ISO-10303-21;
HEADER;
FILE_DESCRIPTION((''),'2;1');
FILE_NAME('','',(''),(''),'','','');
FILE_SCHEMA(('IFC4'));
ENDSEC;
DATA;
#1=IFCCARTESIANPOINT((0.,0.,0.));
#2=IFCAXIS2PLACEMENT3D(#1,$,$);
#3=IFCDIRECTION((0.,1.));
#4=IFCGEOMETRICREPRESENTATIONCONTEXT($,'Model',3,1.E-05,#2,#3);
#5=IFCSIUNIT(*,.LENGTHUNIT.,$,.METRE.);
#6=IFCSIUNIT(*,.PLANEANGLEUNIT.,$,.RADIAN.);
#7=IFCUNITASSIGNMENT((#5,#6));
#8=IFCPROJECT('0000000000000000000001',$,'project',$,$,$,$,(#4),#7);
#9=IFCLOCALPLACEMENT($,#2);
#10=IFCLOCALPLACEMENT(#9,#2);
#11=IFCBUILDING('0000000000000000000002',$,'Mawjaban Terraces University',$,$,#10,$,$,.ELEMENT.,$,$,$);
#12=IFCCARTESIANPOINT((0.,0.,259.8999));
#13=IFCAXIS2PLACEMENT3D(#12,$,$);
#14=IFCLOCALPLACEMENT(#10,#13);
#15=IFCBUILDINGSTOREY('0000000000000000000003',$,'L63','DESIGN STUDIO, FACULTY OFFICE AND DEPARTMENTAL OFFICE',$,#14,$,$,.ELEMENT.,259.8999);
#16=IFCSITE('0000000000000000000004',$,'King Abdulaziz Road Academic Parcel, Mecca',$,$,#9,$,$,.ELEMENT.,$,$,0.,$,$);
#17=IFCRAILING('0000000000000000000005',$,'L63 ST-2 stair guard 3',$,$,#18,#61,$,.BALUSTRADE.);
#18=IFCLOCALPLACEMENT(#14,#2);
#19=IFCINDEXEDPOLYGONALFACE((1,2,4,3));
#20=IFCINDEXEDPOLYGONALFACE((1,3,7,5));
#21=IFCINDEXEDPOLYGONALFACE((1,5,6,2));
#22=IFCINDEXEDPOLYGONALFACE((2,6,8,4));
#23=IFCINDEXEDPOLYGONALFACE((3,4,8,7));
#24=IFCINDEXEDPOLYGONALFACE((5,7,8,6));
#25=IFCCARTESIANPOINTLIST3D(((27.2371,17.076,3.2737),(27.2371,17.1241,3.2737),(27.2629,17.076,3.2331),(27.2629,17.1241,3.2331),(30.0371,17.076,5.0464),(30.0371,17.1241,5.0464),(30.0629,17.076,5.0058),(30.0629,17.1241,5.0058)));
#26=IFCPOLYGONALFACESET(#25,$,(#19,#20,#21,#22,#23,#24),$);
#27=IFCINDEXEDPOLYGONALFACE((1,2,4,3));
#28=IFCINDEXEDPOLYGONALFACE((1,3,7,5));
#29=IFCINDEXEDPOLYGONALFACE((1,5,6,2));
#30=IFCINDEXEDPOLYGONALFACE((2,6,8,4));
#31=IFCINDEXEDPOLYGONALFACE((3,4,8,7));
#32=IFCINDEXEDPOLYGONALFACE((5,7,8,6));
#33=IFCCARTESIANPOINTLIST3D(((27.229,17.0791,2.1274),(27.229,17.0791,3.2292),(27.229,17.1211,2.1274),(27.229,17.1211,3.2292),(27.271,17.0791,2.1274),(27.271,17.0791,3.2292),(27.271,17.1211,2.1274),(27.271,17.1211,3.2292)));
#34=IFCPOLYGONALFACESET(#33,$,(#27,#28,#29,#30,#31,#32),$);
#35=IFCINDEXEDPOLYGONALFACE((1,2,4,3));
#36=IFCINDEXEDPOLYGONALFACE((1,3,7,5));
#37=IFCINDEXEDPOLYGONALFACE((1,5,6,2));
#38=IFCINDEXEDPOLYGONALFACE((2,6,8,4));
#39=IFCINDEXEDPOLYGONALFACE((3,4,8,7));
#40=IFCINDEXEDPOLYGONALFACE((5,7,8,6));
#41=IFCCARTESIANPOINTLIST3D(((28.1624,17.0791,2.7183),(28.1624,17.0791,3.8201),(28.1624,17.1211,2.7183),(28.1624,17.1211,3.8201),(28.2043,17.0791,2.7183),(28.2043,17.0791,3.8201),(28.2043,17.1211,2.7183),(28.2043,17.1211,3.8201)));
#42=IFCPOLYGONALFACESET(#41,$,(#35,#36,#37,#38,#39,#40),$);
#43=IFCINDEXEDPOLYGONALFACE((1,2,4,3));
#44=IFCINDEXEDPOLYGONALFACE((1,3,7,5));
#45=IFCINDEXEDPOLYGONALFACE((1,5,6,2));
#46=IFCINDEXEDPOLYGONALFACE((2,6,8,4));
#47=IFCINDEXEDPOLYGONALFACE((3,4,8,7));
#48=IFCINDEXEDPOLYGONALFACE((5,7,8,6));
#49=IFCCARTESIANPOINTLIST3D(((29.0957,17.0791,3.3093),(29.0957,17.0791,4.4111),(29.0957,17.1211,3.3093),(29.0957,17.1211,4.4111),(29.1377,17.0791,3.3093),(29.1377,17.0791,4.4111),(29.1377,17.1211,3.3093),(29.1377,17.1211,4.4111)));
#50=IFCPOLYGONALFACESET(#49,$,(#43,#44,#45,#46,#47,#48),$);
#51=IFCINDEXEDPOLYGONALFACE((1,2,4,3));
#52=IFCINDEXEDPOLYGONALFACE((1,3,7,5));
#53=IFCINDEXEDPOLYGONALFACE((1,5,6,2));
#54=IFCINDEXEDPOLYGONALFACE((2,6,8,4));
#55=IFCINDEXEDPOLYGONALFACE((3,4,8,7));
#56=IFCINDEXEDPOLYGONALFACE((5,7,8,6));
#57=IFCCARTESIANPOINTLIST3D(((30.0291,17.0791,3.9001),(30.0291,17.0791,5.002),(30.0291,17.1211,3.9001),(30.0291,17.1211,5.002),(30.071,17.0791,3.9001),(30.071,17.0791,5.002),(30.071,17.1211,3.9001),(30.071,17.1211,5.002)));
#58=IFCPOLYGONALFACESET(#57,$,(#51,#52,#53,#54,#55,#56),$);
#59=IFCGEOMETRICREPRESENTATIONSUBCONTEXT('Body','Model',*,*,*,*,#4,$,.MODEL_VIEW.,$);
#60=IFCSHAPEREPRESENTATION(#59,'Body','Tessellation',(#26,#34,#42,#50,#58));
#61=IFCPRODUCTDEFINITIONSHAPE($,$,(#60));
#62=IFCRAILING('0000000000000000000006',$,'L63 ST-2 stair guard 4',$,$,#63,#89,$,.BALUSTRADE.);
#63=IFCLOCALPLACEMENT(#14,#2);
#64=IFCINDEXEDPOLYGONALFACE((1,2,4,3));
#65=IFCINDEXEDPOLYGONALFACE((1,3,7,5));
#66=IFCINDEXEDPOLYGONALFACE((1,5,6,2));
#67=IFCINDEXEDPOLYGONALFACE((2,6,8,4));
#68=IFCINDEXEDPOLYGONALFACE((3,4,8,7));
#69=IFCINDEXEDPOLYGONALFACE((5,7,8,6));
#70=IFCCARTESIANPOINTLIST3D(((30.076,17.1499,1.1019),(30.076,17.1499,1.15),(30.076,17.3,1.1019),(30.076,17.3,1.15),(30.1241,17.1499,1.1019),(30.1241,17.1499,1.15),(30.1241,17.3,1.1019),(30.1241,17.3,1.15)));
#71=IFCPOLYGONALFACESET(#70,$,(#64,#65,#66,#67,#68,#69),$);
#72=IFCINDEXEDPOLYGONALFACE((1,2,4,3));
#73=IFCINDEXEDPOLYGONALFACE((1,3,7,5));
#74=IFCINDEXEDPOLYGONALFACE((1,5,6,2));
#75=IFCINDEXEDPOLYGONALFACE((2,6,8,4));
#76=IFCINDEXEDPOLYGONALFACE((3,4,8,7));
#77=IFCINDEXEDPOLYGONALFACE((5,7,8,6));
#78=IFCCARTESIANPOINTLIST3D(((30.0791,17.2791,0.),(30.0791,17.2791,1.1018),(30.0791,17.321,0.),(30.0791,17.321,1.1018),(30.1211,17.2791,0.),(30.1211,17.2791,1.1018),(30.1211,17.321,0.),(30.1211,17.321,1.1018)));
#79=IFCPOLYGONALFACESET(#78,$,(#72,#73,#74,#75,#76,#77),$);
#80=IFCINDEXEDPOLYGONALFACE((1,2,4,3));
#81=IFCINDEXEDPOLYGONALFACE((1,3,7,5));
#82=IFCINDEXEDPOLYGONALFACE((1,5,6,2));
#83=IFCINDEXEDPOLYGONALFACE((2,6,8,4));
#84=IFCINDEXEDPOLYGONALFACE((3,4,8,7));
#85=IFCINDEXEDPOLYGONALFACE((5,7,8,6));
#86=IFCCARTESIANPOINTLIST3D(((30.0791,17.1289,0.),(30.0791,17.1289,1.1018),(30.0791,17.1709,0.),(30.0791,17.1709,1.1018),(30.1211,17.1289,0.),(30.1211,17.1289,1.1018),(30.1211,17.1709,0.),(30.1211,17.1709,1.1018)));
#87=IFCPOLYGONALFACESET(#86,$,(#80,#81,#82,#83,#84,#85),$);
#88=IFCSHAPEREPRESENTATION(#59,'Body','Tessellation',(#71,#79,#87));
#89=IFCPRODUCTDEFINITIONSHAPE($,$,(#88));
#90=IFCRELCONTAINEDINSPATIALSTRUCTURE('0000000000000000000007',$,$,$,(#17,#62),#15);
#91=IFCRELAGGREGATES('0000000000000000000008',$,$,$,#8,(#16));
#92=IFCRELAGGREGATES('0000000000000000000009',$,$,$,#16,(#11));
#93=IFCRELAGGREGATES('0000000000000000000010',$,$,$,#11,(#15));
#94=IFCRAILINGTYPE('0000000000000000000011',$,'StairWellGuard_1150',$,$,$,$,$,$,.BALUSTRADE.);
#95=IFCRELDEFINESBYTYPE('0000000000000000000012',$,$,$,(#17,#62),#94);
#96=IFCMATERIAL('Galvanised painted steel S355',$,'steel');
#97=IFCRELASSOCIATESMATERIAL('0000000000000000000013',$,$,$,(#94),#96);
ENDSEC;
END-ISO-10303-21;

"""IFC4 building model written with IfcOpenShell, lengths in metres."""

from ifc_helpers import new_model, si_unit, direction, frame, origin, origin_2d, place, context, subcontext, project, spatial, rectangle, extrude, material, type_object, element, save


model = new_model("IFC4")

# Units and contexts
model_context = context("Model", 3, precision=1e-05, world=origin(), true_north=direction((0.0, 1.0)))
body_context = subcontext(model_context, "Body", "Model", "MODEL_VIEW")
ifc_project = project(units=[si_unit("LENGTHUNIT", "METRE"), si_unit("PLANEANGLEUNIT", "RADIAN")], contexts=[model_context])

# Site, building, storey
site_placement = place(None, origin())
site = spatial("IfcSite", under=ifc_project, at=site_placement, Name="King Abdulaziz Road Academic Parcel, Mecca", CompositionType="ELEMENT", RefElevation=0.0)
building_placement = place(site_placement, origin())
building = spatial("IfcBuilding", under=site, at=building_placement, Name="Mawjaban Terraces University", CompositionType="ELEMENT")
storey_placement = place(building_placement, frame((0.0, 0.0, 259.8999)))
storey = spatial("IfcBuildingStorey", under=building, at=storey_placement, Name="L63", Description="DESIGN STUDIO, FACULTY OFFICE AND DEPARTMENTAL OFFICE", CompositionType="ELEMENT", Elevation=259.8999)

# Railings
ifc_material_1 = material(Name="Galvanised painted steel S355", Category="steel")
railing_type_1 = type_object("IfcRailingType", Name="StairWellGuard_1150", PredefinedType="BALUSTRADE", material=ifc_material_1)
railing_1_placement = place(storey_placement, frame((27.25, 17.1001, 2.1274)))
element("IfcRailing", 1, at=railing_1_placement, inside=storey, type_object=railing_type_1, Name="L63 ST-2 stair guard 3", PredefinedType="BALUSTRADE", context=body_context, shape_type="SweptSolid", body=[
    extrude(rectangle(XDim=0.0481, YDim=0.0481, at=origin_2d()), frame((0.0, 0.0, 1.126), z_axis=(0.844909, 0.0, 0.53491), x_axis=(0.0, 1.0, 0.0)), (0.0, 0.0, 1.0), 3.314),
    extrude(rectangle(XDim=0.042, YDim=0.042, at=origin_2d()), origin(), (0.0, 0.0, 1.0), 1.1018),
    extrude(rectangle(XDim=0.042, YDim=0.042, at=origin_2d()), frame((0.9333, 0.0, 0.5908)), (0.0, 0.0, 1.0), 1.1018),
    extrude(rectangle(XDim=0.042, YDim=0.042, at=origin_2d()), frame((1.8667, 0.0, 1.1819)), (0.0, 0.0, 1.0), 1.1018),
    extrude(rectangle(XDim=0.042, YDim=0.042, at=origin_2d()), frame((2.8, 0.0, 1.7727)), (0.0, 0.0, 1.0), 1.1018),
])
railing_2_placement = place(storey_placement, frame((30.1001, 17.3, 0.0)))
element("IfcRailing", 2, at=railing_2_placement, inside=storey, type_object=railing_type_1, Name="L63 ST-2 stair guard 4", PredefinedType="BALUSTRADE", context=body_context, shape_type="SweptSolid", body=[
    extrude(rectangle(XDim=0.0481, YDim=0.0481, at=origin_2d()), frame((0.0, 0.0, 1.126), z_axis=(0.0, -1.0, 0.0), x_axis=(1.0, 0.0, 0.0)), (0.0, 0.0, 1.0), 0.1501),
    extrude(rectangle(XDim=0.042, YDim=0.042, at=origin_2d()), origin(), (0.0, 0.0, 1.0), 1.1018),
    extrude(rectangle(XDim=0.042, YDim=0.042, at=origin_2d()), frame((0.0, -0.1501, 0.0)), (0.0, 0.0, 1.0), 1.1018),
])

save(model, "model.ifc")
